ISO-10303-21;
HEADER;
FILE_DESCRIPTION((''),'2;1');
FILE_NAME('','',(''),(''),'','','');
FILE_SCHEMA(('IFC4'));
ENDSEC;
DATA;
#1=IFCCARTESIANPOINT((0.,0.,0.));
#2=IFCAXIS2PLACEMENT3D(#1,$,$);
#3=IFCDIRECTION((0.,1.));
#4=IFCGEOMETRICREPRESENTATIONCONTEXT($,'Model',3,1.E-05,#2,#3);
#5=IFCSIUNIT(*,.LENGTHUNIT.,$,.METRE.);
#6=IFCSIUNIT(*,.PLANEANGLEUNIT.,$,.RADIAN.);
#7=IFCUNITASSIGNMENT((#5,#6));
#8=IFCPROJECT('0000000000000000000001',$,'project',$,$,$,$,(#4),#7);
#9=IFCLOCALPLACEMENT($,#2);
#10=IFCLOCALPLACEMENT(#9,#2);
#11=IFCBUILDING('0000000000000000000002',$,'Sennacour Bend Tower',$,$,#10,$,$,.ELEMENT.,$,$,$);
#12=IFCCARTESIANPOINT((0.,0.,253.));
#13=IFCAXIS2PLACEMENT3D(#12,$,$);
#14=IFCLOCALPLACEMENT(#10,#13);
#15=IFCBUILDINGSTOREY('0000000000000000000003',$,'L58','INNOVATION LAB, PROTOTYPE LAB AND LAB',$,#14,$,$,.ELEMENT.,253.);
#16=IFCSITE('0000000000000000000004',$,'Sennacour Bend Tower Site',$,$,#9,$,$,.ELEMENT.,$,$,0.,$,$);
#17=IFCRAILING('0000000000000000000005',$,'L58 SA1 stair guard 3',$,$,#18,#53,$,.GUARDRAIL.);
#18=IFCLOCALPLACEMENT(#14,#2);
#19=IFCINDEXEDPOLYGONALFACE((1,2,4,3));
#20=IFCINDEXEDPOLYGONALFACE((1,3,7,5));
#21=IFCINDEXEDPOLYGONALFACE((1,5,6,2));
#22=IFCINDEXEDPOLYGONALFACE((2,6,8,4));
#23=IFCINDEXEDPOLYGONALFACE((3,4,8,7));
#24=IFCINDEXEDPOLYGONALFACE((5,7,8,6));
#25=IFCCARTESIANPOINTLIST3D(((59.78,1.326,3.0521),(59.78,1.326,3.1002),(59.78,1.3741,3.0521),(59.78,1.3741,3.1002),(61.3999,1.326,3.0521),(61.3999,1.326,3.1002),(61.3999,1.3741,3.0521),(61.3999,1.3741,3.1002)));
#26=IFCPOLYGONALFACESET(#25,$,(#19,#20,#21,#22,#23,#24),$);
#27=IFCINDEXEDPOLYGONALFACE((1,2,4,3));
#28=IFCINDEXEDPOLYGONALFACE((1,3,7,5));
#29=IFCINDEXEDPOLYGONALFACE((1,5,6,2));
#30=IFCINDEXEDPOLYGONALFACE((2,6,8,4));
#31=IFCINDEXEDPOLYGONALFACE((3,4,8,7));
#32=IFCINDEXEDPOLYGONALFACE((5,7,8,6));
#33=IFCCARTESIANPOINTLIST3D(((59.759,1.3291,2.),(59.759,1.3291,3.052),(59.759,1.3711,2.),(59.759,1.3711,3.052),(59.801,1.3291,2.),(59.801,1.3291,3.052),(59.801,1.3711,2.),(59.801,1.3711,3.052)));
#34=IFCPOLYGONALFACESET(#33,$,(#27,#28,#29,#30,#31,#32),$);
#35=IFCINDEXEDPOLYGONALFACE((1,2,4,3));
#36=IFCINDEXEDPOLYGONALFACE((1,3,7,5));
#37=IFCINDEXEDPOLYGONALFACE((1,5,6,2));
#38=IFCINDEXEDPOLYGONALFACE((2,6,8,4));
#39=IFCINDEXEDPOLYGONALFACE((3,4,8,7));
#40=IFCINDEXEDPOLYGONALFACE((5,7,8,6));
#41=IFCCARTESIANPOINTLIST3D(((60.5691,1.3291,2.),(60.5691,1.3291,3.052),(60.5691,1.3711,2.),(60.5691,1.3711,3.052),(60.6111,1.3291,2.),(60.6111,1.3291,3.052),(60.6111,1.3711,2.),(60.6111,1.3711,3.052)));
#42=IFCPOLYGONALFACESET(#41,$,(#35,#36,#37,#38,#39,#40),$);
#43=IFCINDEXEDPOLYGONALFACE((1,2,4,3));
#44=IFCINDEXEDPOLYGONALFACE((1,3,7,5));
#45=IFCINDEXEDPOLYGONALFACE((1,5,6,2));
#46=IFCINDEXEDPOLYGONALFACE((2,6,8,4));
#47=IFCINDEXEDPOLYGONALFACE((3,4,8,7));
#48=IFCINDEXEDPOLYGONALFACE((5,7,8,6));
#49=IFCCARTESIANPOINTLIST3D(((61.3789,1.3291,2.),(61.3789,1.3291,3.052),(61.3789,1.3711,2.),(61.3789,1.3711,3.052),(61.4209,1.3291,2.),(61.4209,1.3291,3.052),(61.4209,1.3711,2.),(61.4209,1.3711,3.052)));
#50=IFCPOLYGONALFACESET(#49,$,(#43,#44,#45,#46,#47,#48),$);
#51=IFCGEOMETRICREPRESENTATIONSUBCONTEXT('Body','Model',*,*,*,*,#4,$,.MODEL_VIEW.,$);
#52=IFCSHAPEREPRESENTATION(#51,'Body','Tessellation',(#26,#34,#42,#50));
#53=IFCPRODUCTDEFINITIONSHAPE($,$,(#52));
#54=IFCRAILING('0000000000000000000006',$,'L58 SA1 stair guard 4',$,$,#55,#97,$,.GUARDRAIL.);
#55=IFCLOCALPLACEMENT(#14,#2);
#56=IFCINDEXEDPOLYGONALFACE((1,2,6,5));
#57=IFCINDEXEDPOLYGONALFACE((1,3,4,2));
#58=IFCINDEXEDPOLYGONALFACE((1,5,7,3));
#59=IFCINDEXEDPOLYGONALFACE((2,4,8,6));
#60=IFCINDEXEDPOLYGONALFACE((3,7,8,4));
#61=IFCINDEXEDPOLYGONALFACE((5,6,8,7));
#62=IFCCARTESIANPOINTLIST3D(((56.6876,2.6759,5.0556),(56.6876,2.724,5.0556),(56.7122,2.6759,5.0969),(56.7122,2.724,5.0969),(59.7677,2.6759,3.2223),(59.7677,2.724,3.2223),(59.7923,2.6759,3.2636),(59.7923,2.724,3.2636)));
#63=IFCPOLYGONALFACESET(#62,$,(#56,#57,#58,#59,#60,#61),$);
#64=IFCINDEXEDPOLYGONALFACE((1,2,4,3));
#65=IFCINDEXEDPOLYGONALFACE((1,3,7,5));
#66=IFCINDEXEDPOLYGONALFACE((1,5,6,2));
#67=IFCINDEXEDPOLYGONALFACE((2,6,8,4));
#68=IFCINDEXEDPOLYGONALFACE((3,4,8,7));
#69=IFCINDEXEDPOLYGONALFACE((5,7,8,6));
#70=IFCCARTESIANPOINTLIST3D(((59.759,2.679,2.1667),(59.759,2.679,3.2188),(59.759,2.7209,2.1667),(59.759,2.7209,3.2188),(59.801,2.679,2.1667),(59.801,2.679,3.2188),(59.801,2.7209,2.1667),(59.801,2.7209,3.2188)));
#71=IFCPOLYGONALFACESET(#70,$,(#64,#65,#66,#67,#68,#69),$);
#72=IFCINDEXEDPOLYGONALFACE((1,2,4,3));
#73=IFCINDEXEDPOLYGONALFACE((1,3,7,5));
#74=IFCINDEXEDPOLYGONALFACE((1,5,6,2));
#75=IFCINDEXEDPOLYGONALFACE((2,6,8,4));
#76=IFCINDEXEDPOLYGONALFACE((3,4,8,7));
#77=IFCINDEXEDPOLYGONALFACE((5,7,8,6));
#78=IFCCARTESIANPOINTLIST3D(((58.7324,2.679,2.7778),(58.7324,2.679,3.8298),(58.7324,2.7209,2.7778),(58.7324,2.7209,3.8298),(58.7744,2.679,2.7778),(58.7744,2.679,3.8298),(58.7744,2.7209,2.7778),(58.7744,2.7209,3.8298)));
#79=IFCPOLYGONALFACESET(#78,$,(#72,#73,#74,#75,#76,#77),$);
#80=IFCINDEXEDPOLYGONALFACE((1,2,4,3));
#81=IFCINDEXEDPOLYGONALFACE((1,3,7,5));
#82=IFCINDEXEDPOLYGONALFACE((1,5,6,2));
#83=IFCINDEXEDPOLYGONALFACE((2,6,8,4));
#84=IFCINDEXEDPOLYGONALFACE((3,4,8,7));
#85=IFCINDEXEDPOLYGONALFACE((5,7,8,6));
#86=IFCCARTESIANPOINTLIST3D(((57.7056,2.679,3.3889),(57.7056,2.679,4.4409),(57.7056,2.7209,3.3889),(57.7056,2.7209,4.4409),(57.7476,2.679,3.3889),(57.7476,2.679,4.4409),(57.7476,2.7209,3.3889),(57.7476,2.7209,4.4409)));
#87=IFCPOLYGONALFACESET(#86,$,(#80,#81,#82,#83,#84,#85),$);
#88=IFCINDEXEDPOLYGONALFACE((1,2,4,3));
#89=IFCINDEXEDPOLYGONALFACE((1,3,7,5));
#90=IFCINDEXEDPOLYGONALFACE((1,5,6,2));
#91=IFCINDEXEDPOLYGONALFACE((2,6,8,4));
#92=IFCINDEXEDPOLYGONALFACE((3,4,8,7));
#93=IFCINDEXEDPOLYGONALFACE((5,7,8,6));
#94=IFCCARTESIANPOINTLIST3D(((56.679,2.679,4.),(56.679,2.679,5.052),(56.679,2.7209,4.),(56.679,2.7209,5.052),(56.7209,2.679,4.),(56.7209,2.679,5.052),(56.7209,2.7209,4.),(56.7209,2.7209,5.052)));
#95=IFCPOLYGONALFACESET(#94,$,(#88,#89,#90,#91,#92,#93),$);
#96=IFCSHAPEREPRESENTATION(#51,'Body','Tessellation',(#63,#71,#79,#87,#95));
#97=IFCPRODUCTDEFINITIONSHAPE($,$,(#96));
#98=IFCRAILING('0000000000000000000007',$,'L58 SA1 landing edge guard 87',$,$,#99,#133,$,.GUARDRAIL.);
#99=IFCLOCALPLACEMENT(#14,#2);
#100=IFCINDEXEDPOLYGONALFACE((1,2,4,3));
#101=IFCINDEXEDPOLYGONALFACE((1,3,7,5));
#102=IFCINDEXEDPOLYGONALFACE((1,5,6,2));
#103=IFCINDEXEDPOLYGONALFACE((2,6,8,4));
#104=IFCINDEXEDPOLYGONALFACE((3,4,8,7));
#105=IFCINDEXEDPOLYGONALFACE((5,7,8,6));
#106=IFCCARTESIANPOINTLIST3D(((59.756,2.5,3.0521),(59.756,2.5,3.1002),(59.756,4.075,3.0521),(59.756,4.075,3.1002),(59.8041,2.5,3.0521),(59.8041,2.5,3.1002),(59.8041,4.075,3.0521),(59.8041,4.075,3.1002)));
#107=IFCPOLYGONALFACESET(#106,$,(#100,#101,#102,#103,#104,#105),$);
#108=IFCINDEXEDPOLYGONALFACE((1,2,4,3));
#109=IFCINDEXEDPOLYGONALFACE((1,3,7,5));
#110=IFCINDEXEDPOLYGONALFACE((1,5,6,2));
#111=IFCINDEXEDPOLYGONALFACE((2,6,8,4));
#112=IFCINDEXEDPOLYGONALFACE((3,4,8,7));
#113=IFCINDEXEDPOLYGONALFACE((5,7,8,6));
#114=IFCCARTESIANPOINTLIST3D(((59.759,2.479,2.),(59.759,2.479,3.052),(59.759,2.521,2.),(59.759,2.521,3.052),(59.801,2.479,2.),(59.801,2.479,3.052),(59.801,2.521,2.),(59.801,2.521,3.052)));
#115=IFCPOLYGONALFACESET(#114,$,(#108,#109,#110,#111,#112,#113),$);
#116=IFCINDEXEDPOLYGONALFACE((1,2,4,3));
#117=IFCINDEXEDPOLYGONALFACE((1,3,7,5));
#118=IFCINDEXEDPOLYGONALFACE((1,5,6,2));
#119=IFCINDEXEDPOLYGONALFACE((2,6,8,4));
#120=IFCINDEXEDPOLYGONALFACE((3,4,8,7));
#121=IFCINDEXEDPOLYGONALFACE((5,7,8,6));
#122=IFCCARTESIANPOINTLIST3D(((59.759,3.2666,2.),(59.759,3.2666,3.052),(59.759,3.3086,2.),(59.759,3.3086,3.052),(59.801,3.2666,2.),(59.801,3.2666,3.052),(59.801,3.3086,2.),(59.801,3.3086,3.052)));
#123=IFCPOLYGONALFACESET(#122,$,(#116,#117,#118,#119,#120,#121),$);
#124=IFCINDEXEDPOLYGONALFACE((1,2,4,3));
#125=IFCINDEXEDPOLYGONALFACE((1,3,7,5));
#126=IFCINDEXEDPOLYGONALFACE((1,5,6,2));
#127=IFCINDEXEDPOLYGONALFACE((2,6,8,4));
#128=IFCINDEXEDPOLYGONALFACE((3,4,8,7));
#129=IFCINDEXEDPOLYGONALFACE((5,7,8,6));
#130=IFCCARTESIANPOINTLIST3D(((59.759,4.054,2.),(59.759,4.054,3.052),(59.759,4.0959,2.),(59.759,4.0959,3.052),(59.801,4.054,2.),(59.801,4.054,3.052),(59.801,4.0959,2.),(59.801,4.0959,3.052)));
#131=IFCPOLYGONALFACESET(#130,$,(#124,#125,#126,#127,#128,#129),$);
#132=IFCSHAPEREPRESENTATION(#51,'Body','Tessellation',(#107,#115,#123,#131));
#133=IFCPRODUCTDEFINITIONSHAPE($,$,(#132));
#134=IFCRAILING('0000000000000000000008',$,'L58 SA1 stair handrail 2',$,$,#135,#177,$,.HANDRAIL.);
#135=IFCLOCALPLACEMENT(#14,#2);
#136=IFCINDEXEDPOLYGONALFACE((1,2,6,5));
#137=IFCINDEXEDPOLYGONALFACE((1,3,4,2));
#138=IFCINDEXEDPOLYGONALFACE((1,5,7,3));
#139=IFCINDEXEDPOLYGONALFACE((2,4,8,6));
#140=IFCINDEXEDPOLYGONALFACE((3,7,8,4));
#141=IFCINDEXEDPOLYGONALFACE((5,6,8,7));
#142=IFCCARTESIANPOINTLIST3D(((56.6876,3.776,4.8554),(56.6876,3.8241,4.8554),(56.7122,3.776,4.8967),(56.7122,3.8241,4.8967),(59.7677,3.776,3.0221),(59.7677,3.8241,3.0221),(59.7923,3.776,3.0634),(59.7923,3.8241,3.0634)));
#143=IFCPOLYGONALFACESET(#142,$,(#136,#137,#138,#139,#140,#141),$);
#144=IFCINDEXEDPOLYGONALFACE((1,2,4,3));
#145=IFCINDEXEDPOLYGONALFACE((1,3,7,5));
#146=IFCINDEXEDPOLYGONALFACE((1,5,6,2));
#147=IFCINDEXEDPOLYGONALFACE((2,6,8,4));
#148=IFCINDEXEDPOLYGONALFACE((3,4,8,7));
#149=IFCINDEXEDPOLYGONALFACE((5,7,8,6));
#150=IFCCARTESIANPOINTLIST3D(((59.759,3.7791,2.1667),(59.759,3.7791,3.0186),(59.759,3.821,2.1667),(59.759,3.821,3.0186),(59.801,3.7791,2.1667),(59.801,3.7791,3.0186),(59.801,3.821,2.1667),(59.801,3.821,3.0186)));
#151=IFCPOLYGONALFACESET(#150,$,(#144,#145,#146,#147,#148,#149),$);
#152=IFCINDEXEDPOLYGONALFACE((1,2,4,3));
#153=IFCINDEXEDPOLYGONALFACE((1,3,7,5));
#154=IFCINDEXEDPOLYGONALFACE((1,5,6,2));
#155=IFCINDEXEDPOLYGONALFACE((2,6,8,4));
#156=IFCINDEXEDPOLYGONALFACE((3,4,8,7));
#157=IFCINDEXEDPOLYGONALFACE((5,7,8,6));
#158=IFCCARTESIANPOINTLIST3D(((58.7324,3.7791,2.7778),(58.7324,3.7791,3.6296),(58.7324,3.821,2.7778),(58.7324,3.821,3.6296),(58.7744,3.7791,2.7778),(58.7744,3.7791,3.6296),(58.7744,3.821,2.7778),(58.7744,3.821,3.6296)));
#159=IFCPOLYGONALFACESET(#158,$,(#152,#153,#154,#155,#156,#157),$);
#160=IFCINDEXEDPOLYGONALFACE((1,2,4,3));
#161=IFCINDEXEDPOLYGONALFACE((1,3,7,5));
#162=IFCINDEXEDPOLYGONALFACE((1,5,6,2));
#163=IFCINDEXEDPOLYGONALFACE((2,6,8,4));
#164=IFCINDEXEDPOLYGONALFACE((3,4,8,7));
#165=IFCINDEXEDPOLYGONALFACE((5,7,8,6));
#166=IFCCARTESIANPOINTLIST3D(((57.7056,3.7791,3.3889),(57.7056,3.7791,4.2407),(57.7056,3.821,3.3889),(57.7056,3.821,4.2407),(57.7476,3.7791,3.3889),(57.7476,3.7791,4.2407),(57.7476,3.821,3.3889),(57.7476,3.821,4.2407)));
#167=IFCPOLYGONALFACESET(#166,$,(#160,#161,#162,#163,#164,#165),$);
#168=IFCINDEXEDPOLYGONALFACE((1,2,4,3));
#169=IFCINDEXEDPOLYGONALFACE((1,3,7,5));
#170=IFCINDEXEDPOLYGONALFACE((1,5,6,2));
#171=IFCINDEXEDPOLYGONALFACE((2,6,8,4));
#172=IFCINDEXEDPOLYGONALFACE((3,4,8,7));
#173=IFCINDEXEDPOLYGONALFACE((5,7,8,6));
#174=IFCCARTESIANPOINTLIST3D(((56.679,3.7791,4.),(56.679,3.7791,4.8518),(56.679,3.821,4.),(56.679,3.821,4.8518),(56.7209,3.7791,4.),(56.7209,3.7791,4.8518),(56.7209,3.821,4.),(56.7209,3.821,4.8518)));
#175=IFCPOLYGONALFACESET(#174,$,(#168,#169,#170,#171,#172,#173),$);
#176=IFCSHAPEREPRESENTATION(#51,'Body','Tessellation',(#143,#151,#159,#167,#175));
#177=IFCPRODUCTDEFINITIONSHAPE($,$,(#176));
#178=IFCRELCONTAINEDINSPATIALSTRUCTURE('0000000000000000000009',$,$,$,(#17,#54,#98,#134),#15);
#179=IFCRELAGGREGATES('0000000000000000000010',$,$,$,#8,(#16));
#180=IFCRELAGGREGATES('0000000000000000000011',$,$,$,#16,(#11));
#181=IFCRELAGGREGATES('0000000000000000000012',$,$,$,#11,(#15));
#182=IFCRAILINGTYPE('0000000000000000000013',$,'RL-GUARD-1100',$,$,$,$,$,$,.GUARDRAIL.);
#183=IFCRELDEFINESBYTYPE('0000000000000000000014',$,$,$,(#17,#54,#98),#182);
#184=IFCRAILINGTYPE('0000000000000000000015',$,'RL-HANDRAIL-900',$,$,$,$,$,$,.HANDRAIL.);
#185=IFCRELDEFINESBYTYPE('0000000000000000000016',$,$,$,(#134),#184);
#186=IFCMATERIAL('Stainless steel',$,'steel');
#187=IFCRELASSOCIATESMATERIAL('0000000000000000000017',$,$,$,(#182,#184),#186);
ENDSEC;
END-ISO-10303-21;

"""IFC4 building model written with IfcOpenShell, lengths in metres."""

from ifc_helpers import new_model, si_unit, direction, frame, origin, origin_2d, place, context, subcontext, project, spatial, rectangle, extrude, material, type_object, element, save


model = new_model("IFC4")

# Units and contexts
model_context = context("Model", 3, precision=1e-05, world=origin(), true_north=direction((0.0, 1.0)))
body_context = subcontext(model_context, "Body", "Model", "MODEL_VIEW")
ifc_project = project(units=[si_unit("LENGTHUNIT", "METRE"), si_unit("PLANEANGLEUNIT", "RADIAN")], contexts=[model_context])

# Site, building, storey
site_placement = place(None, origin())
site = spatial("IfcSite", under=ifc_project, at=site_placement, Name="Sennacour Bend Tower Site", CompositionType="ELEMENT", RefElevation=0.0)
building_placement = place(site_placement, origin())
building = spatial("IfcBuilding", under=site, at=building_placement, Name="Sennacour Bend Tower", CompositionType="ELEMENT")
storey_placement = place(building_placement, frame((0.0, 0.0, 253.0)))
storey = spatial("IfcBuildingStorey", under=building, at=storey_placement, Name="L58", Description="INNOVATION LAB, PROTOTYPE LAB AND LAB", CompositionType="ELEMENT", Elevation=253.0)

# Shared definitions
ifc_material_1 = material(Name="Stainless steel", Category="steel")

# Railings
railing_type_1 = type_object("IfcRailingType", Name="RL-GUARD-1100", PredefinedType="GUARDRAIL", material=ifc_material_1)
railing_1_placement = place(storey_placement, frame((59.78, 1.3501, 2.0)))
element("IfcRailing", 1, at=railing_1_placement, inside=storey, type_object=railing_type_1, Name="L58 SA1 stair guard 3", PredefinedType="GUARDRAIL", context=body_context, shape_type="SweptSolid", body=[
    extrude(rectangle(XDim=0.0481, YDim=0.0481, at=origin_2d()), frame((0.0, 0.0, 1.0762), z_axis=(1.0, 0.0, 0.0), x_axis=(0.0, 1.0, 0.0)), (0.0, 0.0, 1.0), 1.6199),
    extrude(rectangle(XDim=0.042, YDim=0.042, at=origin_2d()), origin(), (0.0, 0.0, 1.0), 1.052),
    extrude(rectangle(XDim=0.042, YDim=0.042, at=origin_2d()), frame((0.8101, 0.0, 0.0)), (0.0, 0.0, 1.0), 1.052),
    extrude(rectangle(XDim=0.042, YDim=0.042, at=origin_2d()), frame((1.6199, 0.0, 0.0)), (0.0, 0.0, 1.0), 1.052),
])
railing_2_placement = place(storey_placement, frame((59.78, 2.7, 2.1667)))
element("IfcRailing", 2, at=railing_2_placement, inside=storey, type_object=railing_type_1, Name="L58 SA1 stair guard 4", PredefinedType="GUARDRAIL", context=body_context, shape_type="SweptSolid", body=[
    extrude(rectangle(XDim=0.0481, YDim=0.0481, at=origin_2d()), frame((0.0, 0.0, 1.0762), z_axis=(-0.859309, 0.0, 0.511458), x_axis=(0.0, -1.0, 0.0)), (0.0, 0.0, 1.0), 3.5845),
    extrude(rectangle(XDim=0.042, YDim=0.042, at=origin_2d()), origin(), (0.0, 0.0, 1.0), 1.052),
    extrude(rectangle(XDim=0.042, YDim=0.042, at=origin_2d()), frame((-1.0266, 0.0, 0.6111)), (0.0, 0.0, 1.0), 1.052),
    extrude(rectangle(XDim=0.042, YDim=0.042, at=origin_2d()), frame((-2.0535, 0.0, 1.2222)), (0.0, 0.0, 1.0), 1.052),
    extrude(rectangle(XDim=0.042, YDim=0.042, at=origin_2d()), frame((-3.0801, 0.0, 1.8333)), (0.0, 0.0, 1.0), 1.052),
])
railing_3_placement = place(storey_placement, frame((59.78, 2.5, 2.0)))
element("IfcRailing", 3, at=railing_3_placement, inside=storey, type_object=railing_type_1, Name="L58 SA1 landing edge guard 87", PredefinedType="GUARDRAIL", context=body_context, shape_type="SweptSolid", body=[
    extrude(rectangle(XDim=0.0481, YDim=0.0481, at=origin_2d()), frame((0.0, 0.0, 1.0762), z_axis=(0.0, 1.0, 0.0), x_axis=(-1.0, 0.0, 0.0)), (0.0, 0.0, 1.0), 1.575),
    extrude(rectangle(XDim=0.042, YDim=0.042, at=origin_2d()), origin(), (0.0, 0.0, 1.0), 1.052),
    extrude(rectangle(XDim=0.042, YDim=0.042, at=origin_2d()), frame((0.0, 0.7876, 0.0)), (0.0, 0.0, 1.0), 1.052),
    extrude(rectangle(XDim=0.042, YDim=0.042, at=origin_2d()), frame((0.0, 1.575, 0.0)), (0.0, 0.0, 1.0), 1.052),
])
railing_type_2 = type_object("IfcRailingType", Name="RL-HANDRAIL-900", PredefinedType="HANDRAIL", material=ifc_material_1)
railing_4_placement = place(storey_placement, frame((59.78, 3.8, 2.1667)))
element("IfcRailing", 4, at=railing_4_placement, inside=storey, type_object=railing_type_2, Name="L58 SA1 stair handrail 2", PredefinedType="HANDRAIL", context=body_context, shape_type="SweptSolid", body=[
    extrude(rectangle(XDim=0.0481, YDim=0.0481, at=origin_2d()), frame((0.0, 0.0, 0.876), z_axis=(-0.859309, 0.0, 0.511458), x_axis=(0.0, -1.0, 0.0)), (0.0, 0.0, 1.0), 3.5845),
    extrude(rectangle(XDim=0.042, YDim=0.042, at=origin_2d()), origin(), (0.0, 0.0, 1.0), 0.8518),
    extrude(rectangle(XDim=0.042, YDim=0.042, at=origin_2d()), frame((-1.0266, 0.0, 0.6111)), (0.0, 0.0, 1.0), 0.8518),
    extrude(rectangle(XDim=0.042, YDim=0.042, at=origin_2d()), frame((-2.0535, 0.0, 1.2222)), (0.0, 0.0, 1.0), 0.8518),
    extrude(rectangle(XDim=0.042, YDim=0.042, at=origin_2d()), frame((-3.0801, 0.0, 1.8333)), (0.0, 0.0, 1.0), 0.8518),
])

save(model, "model.ifc")
